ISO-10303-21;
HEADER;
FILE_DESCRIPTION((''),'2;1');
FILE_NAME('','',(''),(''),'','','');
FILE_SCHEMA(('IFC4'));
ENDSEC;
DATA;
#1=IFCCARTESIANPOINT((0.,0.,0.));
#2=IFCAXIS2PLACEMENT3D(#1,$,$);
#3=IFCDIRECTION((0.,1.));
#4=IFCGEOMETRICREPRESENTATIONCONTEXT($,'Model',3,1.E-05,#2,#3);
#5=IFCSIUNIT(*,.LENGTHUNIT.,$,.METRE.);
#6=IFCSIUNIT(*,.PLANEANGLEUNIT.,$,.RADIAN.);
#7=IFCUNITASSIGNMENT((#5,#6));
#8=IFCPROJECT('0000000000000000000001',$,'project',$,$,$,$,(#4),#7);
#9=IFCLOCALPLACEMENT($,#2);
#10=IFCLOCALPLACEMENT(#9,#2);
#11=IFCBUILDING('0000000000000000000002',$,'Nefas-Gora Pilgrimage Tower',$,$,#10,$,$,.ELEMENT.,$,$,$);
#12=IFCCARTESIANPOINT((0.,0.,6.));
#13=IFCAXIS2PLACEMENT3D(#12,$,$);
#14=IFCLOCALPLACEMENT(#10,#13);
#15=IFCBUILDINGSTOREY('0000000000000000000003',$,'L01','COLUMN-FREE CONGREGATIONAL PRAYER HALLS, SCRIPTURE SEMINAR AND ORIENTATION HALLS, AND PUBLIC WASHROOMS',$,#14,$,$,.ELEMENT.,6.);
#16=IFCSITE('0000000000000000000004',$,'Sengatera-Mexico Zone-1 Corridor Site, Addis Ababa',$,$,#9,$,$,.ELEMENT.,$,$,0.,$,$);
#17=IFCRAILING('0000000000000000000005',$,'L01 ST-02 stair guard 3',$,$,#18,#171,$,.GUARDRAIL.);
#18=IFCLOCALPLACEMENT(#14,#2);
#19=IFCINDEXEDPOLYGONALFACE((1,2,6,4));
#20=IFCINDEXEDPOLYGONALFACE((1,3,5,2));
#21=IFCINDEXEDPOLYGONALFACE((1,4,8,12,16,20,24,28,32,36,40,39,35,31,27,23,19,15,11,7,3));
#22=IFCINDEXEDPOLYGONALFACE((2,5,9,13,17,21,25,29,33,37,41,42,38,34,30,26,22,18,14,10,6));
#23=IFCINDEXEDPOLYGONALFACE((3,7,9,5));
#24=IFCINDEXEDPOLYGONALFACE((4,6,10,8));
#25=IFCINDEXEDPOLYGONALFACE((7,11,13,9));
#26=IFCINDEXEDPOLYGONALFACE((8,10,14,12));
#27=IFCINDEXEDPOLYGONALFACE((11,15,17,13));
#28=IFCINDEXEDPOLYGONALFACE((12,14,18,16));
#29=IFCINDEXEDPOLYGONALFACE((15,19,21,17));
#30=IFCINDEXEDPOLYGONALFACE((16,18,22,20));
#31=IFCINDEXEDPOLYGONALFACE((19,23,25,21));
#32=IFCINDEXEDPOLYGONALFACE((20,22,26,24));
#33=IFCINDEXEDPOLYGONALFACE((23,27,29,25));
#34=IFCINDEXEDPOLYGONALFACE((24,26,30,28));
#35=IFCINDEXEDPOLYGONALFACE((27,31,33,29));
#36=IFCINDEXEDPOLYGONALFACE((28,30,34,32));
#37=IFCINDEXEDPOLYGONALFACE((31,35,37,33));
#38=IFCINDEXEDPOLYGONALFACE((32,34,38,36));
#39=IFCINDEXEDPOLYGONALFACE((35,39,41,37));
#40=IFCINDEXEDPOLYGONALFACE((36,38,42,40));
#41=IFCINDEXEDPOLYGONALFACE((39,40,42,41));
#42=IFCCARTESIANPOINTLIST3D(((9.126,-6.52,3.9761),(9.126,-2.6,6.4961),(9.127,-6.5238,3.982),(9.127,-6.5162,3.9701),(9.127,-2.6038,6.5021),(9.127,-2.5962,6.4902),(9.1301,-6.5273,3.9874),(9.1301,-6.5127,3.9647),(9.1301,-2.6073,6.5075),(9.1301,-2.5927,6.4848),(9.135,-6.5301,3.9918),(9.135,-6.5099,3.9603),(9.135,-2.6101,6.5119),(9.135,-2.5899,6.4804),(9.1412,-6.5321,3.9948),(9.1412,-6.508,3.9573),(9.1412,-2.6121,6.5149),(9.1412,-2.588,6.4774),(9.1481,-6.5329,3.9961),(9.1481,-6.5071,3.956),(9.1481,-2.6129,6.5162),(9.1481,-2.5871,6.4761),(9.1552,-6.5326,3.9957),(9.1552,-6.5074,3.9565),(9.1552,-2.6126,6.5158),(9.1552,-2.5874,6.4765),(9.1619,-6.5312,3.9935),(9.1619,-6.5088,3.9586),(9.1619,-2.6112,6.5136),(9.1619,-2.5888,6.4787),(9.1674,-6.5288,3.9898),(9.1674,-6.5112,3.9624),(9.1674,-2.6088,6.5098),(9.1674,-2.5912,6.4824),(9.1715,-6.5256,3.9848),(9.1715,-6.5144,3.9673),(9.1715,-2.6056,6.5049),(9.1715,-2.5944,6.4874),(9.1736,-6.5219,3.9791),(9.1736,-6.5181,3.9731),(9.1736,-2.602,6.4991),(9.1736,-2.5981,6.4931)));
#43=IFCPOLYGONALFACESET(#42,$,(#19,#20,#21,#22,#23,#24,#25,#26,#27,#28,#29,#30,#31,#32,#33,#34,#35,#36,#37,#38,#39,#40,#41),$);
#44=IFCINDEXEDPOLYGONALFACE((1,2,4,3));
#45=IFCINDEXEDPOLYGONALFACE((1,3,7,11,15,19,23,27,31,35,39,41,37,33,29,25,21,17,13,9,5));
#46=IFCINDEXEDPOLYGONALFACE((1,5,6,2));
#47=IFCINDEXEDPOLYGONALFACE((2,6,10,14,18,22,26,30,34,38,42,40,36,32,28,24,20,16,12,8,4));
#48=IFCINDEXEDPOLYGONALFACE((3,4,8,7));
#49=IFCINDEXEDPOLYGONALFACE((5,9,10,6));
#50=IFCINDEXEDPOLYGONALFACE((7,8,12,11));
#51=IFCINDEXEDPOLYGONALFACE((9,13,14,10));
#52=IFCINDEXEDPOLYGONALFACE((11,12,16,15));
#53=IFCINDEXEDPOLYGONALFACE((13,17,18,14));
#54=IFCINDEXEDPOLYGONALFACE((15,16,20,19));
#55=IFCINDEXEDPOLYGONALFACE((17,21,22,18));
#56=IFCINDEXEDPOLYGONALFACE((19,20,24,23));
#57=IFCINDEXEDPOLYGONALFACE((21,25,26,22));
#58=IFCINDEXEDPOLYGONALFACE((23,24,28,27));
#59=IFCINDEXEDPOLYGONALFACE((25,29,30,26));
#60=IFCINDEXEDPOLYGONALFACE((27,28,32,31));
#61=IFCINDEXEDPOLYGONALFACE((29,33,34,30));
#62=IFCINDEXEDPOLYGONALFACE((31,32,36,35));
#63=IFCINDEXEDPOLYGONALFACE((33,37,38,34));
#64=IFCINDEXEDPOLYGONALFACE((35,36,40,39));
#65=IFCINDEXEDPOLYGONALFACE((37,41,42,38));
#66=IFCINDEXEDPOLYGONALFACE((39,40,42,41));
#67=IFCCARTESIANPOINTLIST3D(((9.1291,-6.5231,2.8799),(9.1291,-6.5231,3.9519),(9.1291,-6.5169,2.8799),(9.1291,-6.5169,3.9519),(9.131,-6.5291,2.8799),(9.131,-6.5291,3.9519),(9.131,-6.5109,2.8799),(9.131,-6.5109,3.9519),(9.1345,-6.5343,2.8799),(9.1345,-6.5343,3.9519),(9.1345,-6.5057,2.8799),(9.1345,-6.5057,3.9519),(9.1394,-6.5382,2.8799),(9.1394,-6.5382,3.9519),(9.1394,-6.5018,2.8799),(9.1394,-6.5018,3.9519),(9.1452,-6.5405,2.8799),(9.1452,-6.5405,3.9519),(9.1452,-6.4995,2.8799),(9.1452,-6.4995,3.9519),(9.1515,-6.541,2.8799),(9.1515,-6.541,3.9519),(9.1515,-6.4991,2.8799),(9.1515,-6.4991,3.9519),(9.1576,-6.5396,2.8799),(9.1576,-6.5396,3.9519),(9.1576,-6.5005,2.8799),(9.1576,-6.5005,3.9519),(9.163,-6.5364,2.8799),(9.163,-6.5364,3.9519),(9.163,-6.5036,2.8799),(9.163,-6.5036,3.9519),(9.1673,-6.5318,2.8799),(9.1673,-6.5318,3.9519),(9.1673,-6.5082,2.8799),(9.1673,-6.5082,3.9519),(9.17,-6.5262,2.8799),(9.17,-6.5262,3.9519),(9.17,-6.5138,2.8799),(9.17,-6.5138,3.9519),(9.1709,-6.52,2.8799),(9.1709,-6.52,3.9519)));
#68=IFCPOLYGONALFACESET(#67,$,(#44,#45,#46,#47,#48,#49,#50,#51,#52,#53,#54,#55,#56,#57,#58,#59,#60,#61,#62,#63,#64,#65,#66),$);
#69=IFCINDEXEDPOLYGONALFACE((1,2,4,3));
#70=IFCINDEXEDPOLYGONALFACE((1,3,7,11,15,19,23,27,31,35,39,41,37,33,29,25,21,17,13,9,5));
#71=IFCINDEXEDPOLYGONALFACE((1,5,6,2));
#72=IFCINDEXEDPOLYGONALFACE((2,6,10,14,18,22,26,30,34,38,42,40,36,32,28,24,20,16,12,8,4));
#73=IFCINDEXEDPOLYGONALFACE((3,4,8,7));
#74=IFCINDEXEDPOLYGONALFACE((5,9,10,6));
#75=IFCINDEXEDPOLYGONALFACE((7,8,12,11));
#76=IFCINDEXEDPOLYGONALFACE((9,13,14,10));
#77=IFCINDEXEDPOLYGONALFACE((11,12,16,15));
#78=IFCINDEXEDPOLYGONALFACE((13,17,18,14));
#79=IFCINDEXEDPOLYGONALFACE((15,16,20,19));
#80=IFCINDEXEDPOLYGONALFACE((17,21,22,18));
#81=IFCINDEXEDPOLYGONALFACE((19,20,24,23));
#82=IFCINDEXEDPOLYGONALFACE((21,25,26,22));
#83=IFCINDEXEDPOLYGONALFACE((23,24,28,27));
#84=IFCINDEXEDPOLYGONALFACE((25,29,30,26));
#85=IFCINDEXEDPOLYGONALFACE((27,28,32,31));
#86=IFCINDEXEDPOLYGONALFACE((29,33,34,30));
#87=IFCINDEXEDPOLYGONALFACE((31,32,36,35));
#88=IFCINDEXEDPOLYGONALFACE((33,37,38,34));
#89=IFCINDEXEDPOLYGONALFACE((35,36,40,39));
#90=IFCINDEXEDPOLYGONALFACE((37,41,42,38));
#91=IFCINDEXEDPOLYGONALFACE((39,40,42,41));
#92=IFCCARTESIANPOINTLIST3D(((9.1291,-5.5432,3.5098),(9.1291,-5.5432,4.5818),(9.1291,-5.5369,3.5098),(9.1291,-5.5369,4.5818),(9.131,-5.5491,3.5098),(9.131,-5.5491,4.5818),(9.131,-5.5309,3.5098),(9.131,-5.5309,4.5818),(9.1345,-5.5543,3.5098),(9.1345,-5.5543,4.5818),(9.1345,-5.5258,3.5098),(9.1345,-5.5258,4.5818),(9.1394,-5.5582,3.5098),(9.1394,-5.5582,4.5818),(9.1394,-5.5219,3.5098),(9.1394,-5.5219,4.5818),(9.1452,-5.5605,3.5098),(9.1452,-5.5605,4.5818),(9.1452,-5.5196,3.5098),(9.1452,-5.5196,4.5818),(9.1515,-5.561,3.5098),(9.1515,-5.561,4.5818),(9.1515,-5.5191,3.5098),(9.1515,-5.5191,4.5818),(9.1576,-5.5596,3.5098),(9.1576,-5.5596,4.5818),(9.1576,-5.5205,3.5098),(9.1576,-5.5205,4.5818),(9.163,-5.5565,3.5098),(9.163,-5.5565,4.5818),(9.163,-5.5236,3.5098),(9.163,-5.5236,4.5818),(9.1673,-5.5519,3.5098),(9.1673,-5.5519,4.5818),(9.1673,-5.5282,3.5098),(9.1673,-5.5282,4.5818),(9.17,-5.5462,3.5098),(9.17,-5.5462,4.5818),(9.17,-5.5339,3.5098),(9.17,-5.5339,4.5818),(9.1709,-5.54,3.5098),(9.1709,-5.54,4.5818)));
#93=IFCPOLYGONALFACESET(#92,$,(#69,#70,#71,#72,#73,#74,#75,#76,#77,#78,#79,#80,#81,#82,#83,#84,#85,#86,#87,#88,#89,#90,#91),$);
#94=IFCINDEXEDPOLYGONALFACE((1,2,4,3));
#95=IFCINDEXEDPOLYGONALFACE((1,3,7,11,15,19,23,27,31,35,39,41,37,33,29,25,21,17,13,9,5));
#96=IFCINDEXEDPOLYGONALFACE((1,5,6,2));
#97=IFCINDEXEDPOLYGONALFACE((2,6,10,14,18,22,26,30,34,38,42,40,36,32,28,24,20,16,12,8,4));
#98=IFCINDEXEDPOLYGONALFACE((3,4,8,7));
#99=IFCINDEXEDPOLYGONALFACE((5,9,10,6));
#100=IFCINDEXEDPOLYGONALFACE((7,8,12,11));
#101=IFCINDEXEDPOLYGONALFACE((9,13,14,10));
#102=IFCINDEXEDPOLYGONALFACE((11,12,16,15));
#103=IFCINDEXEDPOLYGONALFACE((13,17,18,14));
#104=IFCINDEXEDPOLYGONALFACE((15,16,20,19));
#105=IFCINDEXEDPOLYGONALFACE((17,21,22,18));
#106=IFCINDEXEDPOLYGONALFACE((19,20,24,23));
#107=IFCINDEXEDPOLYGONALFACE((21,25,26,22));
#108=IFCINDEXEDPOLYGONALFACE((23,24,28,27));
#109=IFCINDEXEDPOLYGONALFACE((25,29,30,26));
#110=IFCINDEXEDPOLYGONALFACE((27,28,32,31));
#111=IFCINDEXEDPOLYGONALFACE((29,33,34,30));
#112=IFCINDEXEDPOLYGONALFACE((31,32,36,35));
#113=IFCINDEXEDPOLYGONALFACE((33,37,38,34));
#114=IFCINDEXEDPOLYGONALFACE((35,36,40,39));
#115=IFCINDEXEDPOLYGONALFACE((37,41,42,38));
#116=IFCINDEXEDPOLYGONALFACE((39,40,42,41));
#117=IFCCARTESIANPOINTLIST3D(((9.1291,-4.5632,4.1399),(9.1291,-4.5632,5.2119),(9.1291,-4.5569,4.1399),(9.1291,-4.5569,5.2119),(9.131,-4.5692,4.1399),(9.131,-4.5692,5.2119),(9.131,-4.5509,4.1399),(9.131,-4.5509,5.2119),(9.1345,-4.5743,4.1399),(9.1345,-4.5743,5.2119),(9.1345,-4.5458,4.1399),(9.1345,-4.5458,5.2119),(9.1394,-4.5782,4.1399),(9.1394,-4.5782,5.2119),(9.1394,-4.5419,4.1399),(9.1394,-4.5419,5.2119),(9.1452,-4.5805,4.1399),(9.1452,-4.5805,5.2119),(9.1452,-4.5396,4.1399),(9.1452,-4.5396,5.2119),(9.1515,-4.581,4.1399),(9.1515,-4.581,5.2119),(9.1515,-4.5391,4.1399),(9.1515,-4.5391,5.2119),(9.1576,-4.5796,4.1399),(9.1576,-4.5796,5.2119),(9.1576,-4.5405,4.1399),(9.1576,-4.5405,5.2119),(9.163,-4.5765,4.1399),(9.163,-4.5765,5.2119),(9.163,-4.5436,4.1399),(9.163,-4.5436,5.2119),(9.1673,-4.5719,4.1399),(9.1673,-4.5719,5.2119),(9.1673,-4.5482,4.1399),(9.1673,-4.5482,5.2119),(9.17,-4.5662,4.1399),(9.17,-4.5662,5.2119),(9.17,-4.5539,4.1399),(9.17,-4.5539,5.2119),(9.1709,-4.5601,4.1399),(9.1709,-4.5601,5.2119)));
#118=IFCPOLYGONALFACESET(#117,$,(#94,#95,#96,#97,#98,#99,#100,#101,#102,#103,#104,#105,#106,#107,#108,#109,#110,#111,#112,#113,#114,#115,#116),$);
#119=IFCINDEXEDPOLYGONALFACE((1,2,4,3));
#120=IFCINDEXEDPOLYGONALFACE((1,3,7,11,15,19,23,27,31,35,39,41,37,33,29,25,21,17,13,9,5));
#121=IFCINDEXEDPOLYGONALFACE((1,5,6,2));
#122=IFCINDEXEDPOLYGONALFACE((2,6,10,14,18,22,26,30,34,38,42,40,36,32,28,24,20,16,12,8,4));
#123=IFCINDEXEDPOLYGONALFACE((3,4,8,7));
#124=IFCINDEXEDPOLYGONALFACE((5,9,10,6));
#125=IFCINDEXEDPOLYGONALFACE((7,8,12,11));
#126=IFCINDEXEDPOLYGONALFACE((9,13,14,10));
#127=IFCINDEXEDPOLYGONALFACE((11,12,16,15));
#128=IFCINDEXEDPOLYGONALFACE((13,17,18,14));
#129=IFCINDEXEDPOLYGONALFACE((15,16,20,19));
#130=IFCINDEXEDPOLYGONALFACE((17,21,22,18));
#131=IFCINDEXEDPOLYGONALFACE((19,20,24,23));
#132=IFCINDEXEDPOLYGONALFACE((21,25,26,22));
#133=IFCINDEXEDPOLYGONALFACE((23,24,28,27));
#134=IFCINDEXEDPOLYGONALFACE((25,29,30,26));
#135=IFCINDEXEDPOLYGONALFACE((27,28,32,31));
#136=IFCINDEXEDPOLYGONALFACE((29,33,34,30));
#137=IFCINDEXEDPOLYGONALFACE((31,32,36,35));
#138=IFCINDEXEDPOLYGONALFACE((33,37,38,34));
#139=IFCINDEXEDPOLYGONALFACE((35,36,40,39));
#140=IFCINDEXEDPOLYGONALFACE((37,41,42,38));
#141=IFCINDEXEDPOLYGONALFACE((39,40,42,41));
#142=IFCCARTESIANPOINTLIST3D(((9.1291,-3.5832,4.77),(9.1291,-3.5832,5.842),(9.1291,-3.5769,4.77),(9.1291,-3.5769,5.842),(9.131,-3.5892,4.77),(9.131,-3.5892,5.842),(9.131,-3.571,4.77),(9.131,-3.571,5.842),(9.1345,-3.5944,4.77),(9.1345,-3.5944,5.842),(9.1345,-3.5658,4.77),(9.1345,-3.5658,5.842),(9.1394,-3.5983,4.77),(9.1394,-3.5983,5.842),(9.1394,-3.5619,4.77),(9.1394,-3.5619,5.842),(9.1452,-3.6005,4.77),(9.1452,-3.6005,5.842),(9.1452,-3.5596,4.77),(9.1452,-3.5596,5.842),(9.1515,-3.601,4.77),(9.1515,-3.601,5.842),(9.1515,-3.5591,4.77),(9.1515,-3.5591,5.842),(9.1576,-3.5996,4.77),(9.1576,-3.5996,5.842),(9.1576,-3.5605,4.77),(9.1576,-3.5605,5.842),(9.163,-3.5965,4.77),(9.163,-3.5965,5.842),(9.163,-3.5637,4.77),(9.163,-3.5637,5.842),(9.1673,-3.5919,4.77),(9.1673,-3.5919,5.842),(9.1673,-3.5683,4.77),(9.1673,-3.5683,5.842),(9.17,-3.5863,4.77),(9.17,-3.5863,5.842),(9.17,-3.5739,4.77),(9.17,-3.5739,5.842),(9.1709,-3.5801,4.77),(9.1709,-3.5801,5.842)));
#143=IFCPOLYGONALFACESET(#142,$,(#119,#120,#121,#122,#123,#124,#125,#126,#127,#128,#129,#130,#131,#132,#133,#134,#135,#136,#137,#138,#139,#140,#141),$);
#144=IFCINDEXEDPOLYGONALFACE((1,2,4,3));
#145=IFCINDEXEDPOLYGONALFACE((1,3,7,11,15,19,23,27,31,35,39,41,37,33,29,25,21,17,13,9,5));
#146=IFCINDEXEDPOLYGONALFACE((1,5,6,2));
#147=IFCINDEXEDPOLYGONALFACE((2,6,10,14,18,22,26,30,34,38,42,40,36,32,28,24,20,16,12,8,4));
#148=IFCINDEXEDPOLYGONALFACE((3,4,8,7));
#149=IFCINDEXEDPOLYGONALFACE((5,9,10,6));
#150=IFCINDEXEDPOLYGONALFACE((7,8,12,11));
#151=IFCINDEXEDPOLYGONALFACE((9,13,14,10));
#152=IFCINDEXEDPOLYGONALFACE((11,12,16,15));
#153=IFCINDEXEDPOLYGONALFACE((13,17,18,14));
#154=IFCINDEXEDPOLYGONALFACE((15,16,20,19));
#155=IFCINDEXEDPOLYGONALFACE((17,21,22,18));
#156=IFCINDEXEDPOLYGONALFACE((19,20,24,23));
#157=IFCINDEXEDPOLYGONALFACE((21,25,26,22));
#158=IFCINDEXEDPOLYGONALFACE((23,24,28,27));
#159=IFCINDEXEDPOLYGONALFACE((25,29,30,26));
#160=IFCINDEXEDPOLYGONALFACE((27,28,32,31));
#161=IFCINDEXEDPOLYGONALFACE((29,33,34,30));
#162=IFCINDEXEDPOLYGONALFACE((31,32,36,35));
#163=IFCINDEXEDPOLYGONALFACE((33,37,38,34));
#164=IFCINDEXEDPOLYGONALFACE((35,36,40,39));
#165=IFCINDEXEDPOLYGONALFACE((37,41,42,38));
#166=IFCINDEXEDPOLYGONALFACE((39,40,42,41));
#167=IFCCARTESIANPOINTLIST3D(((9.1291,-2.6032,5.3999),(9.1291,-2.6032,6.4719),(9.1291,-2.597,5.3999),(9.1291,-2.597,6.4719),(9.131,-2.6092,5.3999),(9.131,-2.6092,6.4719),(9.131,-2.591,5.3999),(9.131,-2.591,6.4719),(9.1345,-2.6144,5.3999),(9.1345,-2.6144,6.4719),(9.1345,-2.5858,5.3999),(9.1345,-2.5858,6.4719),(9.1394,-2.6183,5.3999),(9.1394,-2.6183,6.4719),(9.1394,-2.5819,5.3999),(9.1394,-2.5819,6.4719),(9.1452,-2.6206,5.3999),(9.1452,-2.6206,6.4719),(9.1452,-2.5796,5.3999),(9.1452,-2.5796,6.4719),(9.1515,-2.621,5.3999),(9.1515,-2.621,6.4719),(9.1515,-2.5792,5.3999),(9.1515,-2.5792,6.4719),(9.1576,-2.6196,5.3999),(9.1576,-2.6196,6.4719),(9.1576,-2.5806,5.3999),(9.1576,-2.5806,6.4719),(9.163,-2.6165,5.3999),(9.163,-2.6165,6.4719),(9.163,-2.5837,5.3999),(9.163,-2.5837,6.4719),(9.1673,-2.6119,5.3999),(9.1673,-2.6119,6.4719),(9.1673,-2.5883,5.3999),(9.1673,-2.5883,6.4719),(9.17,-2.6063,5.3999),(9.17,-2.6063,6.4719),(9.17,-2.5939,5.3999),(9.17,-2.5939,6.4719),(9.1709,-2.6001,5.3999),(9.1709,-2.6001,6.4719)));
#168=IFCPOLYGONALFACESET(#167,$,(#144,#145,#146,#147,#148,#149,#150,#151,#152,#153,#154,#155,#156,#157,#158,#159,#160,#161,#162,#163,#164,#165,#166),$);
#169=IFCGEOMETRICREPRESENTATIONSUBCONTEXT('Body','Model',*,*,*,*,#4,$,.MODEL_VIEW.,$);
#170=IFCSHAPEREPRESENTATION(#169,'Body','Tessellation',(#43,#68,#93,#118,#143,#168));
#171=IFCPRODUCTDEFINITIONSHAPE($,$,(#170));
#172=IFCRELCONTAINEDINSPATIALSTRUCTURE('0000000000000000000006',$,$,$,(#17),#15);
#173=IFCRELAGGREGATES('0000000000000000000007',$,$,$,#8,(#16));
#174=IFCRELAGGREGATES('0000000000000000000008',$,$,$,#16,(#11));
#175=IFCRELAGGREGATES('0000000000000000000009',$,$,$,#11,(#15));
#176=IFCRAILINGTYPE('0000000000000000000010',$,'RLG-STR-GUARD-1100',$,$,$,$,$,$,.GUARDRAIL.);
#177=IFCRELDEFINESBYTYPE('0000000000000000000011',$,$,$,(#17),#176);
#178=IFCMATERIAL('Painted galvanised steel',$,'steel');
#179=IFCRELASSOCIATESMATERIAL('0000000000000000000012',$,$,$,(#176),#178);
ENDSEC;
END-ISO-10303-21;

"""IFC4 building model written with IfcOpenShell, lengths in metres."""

from ifc_helpers import new_model, si_unit, direction, frame, origin, origin_2d, place, context, subcontext, project, spatial, circle, extrude, material, type_object, element, save


model = new_model("IFC4")

# Units and contexts
model_context = context("Model", 3, precision=1e-05, world=origin(), true_north=direction((0.0, 1.0)))
body_context = subcontext(model_context, "Body", "Model", "MODEL_VIEW")
ifc_project = project(units=[si_unit("LENGTHUNIT", "METRE"), si_unit("PLANEANGLEUNIT", "RADIAN")], contexts=[model_context])

# Site, building, storey
site_placement = place(None, origin())
site = spatial("IfcSite", under=ifc_project, at=site_placement, Name="Sengatera-Mexico Zone-1 Corridor Site, Addis Ababa", CompositionType="ELEMENT", RefElevation=0.0)
building_placement = place(site_placement, origin())
building = spatial("IfcBuilding", under=site, at=building_placement, Name="Nefas-Gora Pilgrimage Tower", CompositionType="ELEMENT")
storey_placement = place(building_placement, frame((0.0, 0.0, 6.0)))
storey = spatial("IfcBuildingStorey", under=building, at=storey_placement, Name="L01", Description="COLUMN-FREE CONGREGATIONAL PRAYER HALLS, SCRIPTURE SEMINAR AND ORIENTATION HALLS, AND PUBLIC WASHROOMS", CompositionType="ELEMENT", Elevation=6.0)

# Railing
ifc_material_1 = material(Name="Painted galvanised steel", Category="steel")
railing_type_1 = type_object("IfcRailingType", Name="RLG-STR-GUARD-1100", PredefinedType="GUARDRAIL", material=ifc_material_1)
railing_1_placement = place(storey_placement, frame((9.1499, -6.52, 2.8799)))
element("IfcRailing", 1, at=railing_1_placement, inside=storey, type_object=railing_type_1, Name="L01 ST-02 stair guard 3", PredefinedType="GUARDRAIL", context=body_context, shape_type="SweptSolid", body=[
    extrude(circle(Radius=0.0239, at=origin_2d()), frame((0.0, 0.0, 1.0962), z_axis=(0.0, 0.841172, 0.540768), x_axis=(-1.0, 0.0, 0.0)), (0.0, 0.0, 1.0), 4.6602),
    extrude(circle(Radius=0.021, at=origin_2d()), origin(), (0.0, 0.0, 1.0), 1.072),
    extrude(circle(Radius=0.021, at=origin_2d()), frame((0.0, 0.98, 0.6299)), (0.0, 0.0, 1.0), 1.072),
    extrude(circle(Radius=0.021, at=origin_2d()), frame((0.0, 1.96, 1.26)), (0.0, 0.0, 1.0), 1.072),
    extrude(circle(Radius=0.021, at=origin_2d()), frame((0.0, 2.9399, 1.8901)), (0.0, 0.0, 1.0), 1.072),
    extrude(circle(Radius=0.021, at=origin_2d()), frame((0.0, 3.9199, 2.52)), (0.0, 0.0, 1.0), 1.072),
])

save(model, "model.ifc")
